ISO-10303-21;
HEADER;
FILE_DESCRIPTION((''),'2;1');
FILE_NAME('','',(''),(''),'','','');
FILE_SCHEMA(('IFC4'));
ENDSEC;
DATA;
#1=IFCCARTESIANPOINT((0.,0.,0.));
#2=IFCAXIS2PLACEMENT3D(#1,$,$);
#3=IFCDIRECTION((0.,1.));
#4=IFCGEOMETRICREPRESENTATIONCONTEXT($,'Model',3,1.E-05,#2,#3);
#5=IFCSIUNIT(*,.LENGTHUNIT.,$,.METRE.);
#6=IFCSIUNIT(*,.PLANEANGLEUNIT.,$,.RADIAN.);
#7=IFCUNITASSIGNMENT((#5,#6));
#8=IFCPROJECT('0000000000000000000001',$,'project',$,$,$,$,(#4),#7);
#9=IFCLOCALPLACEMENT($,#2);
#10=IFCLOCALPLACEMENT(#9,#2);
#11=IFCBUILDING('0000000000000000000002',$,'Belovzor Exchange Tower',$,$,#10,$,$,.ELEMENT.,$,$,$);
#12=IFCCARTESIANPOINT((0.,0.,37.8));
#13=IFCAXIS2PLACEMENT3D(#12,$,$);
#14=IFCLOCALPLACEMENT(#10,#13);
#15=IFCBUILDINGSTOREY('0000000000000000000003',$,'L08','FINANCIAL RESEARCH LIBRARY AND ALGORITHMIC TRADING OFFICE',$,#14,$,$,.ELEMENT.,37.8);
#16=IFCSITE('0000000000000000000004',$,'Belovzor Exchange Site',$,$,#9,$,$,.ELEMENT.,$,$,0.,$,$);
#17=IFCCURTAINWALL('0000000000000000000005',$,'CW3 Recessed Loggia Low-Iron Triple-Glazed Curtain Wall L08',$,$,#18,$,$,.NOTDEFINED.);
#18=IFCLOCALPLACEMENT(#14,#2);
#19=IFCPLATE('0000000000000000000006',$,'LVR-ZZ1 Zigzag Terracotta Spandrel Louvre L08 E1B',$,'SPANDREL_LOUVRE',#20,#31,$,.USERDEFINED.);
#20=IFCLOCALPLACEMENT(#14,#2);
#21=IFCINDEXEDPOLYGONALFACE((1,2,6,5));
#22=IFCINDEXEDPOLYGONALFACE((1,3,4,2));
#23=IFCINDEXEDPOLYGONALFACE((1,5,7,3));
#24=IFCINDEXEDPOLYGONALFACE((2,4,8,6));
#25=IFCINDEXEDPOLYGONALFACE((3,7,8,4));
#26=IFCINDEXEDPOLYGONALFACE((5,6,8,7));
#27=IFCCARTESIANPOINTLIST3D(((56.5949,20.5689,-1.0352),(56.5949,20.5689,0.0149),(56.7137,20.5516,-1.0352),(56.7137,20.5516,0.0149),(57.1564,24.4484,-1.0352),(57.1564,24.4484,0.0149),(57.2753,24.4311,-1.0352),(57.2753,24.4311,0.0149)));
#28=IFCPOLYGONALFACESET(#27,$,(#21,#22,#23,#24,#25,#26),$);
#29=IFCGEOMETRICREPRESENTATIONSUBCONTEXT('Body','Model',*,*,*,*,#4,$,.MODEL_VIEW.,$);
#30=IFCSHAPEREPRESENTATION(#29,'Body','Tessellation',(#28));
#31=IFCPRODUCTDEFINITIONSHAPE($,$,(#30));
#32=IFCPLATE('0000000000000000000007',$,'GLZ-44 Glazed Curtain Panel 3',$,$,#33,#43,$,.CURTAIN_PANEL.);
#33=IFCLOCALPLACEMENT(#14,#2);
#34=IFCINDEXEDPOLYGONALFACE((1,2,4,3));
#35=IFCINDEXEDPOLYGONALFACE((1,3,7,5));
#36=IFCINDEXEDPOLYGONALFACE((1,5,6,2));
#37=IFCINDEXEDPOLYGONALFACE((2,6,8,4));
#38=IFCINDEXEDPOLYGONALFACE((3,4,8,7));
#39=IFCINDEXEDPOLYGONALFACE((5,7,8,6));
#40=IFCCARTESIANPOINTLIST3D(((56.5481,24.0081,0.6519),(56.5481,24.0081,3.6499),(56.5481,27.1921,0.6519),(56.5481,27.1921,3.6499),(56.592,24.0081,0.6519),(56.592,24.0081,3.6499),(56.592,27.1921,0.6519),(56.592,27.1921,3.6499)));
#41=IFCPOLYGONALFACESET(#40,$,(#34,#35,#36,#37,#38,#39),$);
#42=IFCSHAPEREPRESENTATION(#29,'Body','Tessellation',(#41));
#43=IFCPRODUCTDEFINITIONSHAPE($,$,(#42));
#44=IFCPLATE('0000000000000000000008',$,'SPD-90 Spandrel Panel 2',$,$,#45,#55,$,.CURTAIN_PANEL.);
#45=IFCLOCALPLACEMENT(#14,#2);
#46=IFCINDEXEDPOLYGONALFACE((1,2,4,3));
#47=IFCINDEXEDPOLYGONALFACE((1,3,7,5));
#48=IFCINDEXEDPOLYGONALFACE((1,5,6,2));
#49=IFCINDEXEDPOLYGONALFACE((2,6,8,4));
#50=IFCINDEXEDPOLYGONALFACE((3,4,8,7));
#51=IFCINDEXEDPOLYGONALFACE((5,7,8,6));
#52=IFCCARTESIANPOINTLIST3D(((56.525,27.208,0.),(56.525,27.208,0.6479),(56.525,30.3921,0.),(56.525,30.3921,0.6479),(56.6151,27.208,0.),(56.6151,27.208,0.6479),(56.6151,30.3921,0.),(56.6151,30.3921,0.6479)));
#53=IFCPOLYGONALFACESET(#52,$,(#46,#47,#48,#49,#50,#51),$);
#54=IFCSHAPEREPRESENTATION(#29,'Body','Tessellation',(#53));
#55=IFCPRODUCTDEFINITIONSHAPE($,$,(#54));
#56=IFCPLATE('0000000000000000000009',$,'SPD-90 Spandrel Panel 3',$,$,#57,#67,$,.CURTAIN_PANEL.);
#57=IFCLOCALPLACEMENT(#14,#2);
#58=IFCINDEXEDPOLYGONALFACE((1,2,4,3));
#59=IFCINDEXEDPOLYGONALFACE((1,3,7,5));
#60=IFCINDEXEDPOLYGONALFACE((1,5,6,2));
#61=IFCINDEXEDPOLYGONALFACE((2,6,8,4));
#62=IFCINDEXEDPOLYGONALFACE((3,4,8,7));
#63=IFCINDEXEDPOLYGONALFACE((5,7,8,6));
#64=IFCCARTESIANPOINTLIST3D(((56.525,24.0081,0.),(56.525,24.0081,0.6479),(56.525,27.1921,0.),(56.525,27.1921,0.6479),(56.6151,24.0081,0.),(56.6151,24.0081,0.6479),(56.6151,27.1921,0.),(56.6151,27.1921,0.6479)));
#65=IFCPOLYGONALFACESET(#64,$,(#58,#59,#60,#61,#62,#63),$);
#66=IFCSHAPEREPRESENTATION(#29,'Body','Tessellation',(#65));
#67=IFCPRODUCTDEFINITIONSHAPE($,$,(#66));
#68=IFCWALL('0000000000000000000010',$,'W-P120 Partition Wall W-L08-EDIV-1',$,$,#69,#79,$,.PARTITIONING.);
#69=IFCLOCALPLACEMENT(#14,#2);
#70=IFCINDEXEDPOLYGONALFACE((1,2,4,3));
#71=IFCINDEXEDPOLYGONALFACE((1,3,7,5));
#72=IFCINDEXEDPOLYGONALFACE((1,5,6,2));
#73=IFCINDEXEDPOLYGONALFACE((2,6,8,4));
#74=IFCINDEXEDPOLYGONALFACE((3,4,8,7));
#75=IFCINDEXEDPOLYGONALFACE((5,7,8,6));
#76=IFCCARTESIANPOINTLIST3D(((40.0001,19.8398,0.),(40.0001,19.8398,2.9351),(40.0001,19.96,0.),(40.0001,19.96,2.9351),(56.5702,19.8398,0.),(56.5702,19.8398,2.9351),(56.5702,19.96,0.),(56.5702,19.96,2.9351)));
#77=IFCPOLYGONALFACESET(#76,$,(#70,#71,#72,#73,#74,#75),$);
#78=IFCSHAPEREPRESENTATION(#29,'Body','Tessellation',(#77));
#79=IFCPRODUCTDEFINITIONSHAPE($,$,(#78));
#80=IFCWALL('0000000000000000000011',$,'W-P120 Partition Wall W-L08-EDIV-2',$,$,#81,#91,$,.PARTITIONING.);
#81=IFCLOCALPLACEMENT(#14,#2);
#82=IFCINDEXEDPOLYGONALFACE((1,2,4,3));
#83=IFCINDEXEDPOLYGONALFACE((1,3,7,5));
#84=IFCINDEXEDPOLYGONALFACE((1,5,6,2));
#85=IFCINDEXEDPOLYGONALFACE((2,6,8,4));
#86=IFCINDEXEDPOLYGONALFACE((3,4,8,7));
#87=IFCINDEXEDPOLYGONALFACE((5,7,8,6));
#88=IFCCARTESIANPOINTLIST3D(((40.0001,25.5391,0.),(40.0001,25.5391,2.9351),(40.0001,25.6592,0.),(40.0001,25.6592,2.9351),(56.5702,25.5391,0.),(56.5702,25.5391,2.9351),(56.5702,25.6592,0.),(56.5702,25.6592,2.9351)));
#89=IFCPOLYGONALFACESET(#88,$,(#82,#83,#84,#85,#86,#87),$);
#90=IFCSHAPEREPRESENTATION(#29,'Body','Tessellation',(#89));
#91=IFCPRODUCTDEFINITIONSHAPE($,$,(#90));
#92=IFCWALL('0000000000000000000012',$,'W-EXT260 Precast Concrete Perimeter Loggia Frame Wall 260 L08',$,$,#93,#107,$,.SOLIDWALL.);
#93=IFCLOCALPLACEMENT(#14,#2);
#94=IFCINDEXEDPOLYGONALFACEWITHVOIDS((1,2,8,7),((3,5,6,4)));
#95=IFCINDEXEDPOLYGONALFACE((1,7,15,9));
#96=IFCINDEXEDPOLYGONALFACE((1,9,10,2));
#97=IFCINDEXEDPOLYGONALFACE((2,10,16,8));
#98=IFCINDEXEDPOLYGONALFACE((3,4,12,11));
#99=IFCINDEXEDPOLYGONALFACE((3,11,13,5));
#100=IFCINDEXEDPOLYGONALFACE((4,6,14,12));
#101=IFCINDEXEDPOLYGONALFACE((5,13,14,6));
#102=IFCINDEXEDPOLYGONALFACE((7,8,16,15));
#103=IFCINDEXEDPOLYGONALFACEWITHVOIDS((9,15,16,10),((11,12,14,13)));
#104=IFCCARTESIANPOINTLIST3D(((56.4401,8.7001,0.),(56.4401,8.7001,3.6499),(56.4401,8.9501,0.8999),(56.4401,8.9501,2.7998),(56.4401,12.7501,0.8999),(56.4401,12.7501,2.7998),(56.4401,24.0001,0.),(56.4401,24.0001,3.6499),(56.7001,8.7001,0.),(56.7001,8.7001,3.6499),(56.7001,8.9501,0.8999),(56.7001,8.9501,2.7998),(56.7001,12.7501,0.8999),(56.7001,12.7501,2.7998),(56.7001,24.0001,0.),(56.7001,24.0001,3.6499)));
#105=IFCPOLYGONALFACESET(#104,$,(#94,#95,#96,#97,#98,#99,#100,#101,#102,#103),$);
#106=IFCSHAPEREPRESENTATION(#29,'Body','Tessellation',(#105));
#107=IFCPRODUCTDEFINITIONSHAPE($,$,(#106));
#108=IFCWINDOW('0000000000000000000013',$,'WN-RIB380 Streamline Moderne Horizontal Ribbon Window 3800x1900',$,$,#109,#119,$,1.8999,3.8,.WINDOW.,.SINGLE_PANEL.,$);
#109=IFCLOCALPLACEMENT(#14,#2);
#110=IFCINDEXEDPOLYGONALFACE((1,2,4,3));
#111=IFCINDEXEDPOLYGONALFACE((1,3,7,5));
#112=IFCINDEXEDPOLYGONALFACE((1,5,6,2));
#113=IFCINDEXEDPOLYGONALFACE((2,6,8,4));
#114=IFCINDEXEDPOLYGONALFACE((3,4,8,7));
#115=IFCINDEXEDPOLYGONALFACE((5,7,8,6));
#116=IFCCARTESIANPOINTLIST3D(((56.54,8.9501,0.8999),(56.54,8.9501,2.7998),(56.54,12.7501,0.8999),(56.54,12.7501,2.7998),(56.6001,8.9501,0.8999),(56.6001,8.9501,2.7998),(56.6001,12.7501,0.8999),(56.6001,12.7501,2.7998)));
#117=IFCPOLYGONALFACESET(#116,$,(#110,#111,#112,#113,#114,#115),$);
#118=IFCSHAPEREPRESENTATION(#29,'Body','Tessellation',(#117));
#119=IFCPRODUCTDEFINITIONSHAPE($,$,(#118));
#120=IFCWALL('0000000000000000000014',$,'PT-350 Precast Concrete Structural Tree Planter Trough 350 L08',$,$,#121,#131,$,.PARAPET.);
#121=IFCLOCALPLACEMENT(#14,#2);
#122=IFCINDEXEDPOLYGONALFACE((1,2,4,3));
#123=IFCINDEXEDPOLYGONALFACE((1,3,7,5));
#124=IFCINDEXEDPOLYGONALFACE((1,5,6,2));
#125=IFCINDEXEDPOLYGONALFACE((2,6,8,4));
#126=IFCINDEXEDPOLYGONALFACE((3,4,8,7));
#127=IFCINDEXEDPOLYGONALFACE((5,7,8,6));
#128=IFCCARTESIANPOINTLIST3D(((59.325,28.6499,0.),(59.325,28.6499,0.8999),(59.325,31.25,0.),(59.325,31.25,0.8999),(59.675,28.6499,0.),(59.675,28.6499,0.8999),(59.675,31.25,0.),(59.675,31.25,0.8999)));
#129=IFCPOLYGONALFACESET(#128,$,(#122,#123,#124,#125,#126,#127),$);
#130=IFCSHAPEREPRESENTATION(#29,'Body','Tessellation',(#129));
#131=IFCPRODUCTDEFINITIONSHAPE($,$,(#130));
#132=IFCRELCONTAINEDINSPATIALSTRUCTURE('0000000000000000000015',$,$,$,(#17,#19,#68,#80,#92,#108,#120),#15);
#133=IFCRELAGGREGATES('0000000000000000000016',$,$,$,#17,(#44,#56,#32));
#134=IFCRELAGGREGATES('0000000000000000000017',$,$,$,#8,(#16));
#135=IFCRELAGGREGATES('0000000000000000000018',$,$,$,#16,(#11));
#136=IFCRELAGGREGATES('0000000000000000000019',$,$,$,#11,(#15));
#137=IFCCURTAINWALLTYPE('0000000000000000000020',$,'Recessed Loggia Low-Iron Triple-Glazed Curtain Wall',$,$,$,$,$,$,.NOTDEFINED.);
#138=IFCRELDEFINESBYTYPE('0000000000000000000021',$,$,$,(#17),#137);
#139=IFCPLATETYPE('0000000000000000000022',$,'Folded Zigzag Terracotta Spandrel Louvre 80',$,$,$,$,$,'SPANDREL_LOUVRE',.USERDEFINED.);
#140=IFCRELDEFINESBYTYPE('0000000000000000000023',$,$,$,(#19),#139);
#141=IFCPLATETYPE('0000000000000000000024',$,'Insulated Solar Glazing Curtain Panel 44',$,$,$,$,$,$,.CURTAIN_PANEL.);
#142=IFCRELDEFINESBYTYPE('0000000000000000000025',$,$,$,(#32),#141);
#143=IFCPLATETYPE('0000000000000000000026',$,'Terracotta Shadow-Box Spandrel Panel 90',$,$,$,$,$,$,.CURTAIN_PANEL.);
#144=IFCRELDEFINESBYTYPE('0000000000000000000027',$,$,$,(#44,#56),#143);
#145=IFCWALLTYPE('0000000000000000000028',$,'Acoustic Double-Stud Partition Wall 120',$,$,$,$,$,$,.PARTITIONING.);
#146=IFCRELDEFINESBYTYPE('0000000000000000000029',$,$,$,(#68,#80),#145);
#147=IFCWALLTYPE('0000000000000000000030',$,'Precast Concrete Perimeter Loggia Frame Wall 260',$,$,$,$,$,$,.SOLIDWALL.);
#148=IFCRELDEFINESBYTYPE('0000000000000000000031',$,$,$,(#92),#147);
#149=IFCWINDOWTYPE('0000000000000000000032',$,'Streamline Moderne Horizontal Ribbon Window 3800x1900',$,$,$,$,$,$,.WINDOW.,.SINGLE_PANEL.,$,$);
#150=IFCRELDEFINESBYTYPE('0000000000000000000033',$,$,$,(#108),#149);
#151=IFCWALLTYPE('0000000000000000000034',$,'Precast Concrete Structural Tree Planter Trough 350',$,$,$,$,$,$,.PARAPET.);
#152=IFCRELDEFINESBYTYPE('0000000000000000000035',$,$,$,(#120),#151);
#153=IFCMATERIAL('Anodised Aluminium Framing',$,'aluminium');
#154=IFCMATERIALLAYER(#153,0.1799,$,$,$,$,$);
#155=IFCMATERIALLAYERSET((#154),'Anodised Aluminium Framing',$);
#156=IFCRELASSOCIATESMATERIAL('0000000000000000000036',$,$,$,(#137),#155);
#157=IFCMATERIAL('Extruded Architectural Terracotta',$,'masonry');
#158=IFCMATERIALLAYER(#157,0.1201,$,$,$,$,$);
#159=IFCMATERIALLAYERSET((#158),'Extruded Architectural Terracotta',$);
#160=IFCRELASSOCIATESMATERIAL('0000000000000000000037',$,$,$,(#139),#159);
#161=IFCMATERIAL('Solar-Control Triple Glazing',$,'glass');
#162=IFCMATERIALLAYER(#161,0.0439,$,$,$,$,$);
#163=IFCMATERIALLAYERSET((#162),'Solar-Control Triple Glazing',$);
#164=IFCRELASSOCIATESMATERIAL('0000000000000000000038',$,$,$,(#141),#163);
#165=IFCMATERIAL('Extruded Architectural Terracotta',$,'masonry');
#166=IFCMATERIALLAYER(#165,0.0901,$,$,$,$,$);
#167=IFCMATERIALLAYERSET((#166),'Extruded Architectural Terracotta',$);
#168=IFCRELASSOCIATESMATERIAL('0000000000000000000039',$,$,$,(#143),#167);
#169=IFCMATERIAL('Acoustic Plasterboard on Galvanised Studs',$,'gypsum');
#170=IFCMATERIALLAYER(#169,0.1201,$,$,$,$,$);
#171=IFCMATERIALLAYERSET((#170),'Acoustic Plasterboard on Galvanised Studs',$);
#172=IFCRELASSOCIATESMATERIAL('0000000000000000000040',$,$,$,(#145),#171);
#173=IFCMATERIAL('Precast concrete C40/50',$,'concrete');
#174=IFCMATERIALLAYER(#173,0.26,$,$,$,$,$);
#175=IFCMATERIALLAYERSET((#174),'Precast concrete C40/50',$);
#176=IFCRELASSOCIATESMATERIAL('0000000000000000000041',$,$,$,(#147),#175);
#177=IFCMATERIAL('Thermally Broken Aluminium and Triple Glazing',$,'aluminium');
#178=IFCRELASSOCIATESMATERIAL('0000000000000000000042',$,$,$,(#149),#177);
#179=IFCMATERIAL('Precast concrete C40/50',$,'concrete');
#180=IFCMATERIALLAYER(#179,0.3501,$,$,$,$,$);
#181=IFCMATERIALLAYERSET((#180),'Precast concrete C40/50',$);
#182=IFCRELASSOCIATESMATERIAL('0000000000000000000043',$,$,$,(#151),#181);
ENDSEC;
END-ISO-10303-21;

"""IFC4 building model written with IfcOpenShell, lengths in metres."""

from ifc_helpers import new_model, si_unit, direction, frame, frame_2d, origin, origin_2d, place, context, subcontext, project, spatial, rectangle, extrude, material, layer, layer_set, type_object, element, fill, aggregate, save


model = new_model("IFC4")

# Units and contexts
model_context = context("Model", 3, precision=1e-05, world=origin(), true_north=direction((0.0, 1.0)))
body_context = subcontext(model_context, "Body", "Model", "MODEL_VIEW")
ifc_project = project(units=[si_unit("LENGTHUNIT", "METRE"), si_unit("PLANEANGLEUNIT", "RADIAN")], contexts=[model_context])

# Site, building, storey
site_placement = place(None, origin())
site = spatial("IfcSite", under=ifc_project, at=site_placement, Name="Belovzor Exchange Site", CompositionType="ELEMENT", RefElevation=0.0)
building_placement = place(site_placement, origin())
building = spatial("IfcBuilding", under=site, at=building_placement, Name="Belovzor Exchange Tower", CompositionType="ELEMENT")
storey_placement = place(building_placement, frame((0.0, 0.0, 37.8)))
storey = spatial("IfcBuildingStorey", under=building, at=storey_placement, Name="L08", Description="FINANCIAL RESEARCH LIBRARY AND ALGORITHMIC TRADING OFFICE", CompositionType="ELEMENT", Elevation=37.8)

# Curtain wall
ifc_material_1 = material(Name="Anodised Aluminium Framing", Category="aluminium")
ifc_layer_1 = layer(ifc_material_1, 0.1799)
ifc_layer_set_1 = layer_set([ifc_layer_1], Name="Anodised Aluminium Framing")
curtain_wall_type = type_object("IfcCurtainWallType", Name="Recessed Loggia Low-Iron Triple-Glazed Curtain Wall", PredefinedType="NOTDEFINED", material=ifc_layer_set_1)
curtain_wall_placement = place(storey_placement, origin())
curtain_wall = element("IfcCurtainWall", 1, at=curtain_wall_placement, inside=storey, type_object=curtain_wall_type, Name="CW3 Recessed Loggia Low-Iron Triple-Glazed Curtain Wall L08", PredefinedType="NOTDEFINED")

# Plates
ifc_material_2 = material(Name="Extruded Architectural Terracotta", Category="masonry")
ifc_layer_2 = layer(ifc_material_2, 0.1201)
ifc_layer_set_2 = layer_set([ifc_layer_2], Name="Extruded Architectural Terracotta")
plate_type_1 = type_object("IfcPlateType", Name="Folded Zigzag Terracotta Spandrel Louvre 80", ElementType="SPANDREL_LOUVRE", PredefinedType="USERDEFINED", material=ifc_layer_set_2)
plate_1_placement = place(storey_placement, frame((56.9351, 22.5, -1.0352), z_axis=(0.0, 0.0, 1.0), x_axis=(0.143251, 0.989686, 0.0)))
element("IfcPlate", 2, at=plate_1_placement, inside=storey, type_object=plate_type_1, Name="LVR-ZZ1 Zigzag Terracotta Spandrel Louvre L08 E1B", ObjectType="SPANDREL_LOUVRE", PredefinedType="USERDEFINED", context=body_context, shape_type="SweptSolid", body=[
    extrude(rectangle(XDim=3.9199, YDim=0.1201, at=origin_2d()), origin(), (0.0, 0.0, 1.0), 1.05),
])
ifc_material_3 = material(Name="Solar-Control Triple Glazing", Category="glass")
ifc_layer_3 = layer(ifc_material_3, 0.0439)
ifc_layer_set_3 = layer_set([ifc_layer_3], Name="Solar-Control Triple Glazing")
plate_type_2 = type_object("IfcPlateType", Name="Insulated Solar Glazing Curtain Panel 44", PredefinedType="CURTAIN_PANEL", material=ifc_layer_set_3)
plate_2_placement = place(storey_placement, frame((56.5701, 25.6001, 0.6519), z_axis=(0.0, 0.0, 1.0), x_axis=(0.0, -1.0, 0.0)))
plate_2 = element("IfcPlate", 3, at=plate_2_placement, type_object=plate_type_2, Name="GLZ-44 Glazed Curtain Panel 3", PredefinedType="CURTAIN_PANEL", context=body_context, shape_type="SweptSolid", body=[
    extrude(rectangle(XDim=3.1841, YDim=0.0439, at=origin_2d()), origin(), (0.0, 0.0, 1.0), 2.998),
])
ifc_material_4 = material(Name="Extruded Architectural Terracotta", Category="masonry")
ifc_layer_4 = layer(ifc_material_4, 0.0901)
ifc_layer_set_4 = layer_set([ifc_layer_4], Name="Extruded Architectural Terracotta")
plate_type_3 = type_object("IfcPlateType", Name="Terracotta Shadow-Box Spandrel Panel 90", PredefinedType="CURTAIN_PANEL", material=ifc_layer_set_4)
plate_3_placement = place(storey_placement, frame((56.5701, 28.8, 0.0), z_axis=(0.0, 0.0, 1.0), x_axis=(0.0, -1.0, 0.0)))
plate_3 = element("IfcPlate", 4, at=plate_3_placement, type_object=plate_type_3, Name="SPD-90 Spandrel Panel 2", PredefinedType="CURTAIN_PANEL", context=body_context, shape_type="SweptSolid", body=[
    extrude(rectangle(XDim=3.1841, YDim=0.0901, at=origin_2d()), origin(), (0.0, 0.0, 1.0), 0.6479),
])
plate_4_placement = place(storey_placement, frame((56.5701, 25.6001, 0.0), z_axis=(0.0, 0.0, 1.0), x_axis=(0.0, -1.0, 0.0)))
plate_4 = element("IfcPlate", 5, at=plate_4_placement, type_object=plate_type_3, Name="SPD-90 Spandrel Panel 3", PredefinedType="CURTAIN_PANEL", context=body_context, shape_type="SweptSolid", body=[
    extrude(rectangle(XDim=3.1841, YDim=0.0901, at=origin_2d()), origin(), (0.0, 0.0, 1.0), 0.6479),
])
aggregate(curtain_wall, [plate_3, plate_4, plate_2])

# Walls
ifc_material_5 = material(Name="Acoustic Plasterboard on Galvanised Studs", Category="gypsum")
ifc_layer_5 = layer(ifc_material_5, 0.1201)
ifc_layer_set_5 = layer_set([ifc_layer_5], Name="Acoustic Plasterboard on Galvanised Studs")
wall_type_1 = type_object("IfcWallType", Name="Acoustic Double-Stud Partition Wall 120", PredefinedType="PARTITIONING", material=ifc_layer_set_5)
for number, where, z_axis, x_axis, name in (
    (6, (40.0, 19.8999, 0.0), (0.0, 0.0, 1.0), (1.0, 0.0, 0.0), "W-P120 Partition Wall W-L08-EDIV-1"),
    (7, (40.0, 25.5991, 0.0), (0.0, 0.0, 1.0), (1.0, 0.0, 0.0), "W-P120 Partition Wall W-L08-EDIV-2"),
):
    element("IfcWall", number, at=place(storey_placement, frame(where, z_axis=z_axis, x_axis=x_axis)), inside=storey, type_object=wall_type_1, Name=name, PredefinedType="PARTITIONING", context=body_context, shape_type="SweptSolid", body=[
        extrude(rectangle(XDim=16.5701, YDim=0.1201, at=frame_2d((8.2852, 0.0))), origin(), (0.0, 0.0, 1.0), 2.9351),
    ])

# Wall, opening, window
ifc_material_6 = material(Name="Precast concrete C40/50", Category="concrete")
ifc_layer_6 = layer(ifc_material_6, 0.26)
ifc_layer_set_6 = layer_set([ifc_layer_6], Name="Precast concrete C40/50")
wall_type_2 = type_object("IfcWallType", Name="Precast Concrete Perimeter Loggia Frame Wall 260", PredefinedType="SOLIDWALL", material=ifc_layer_set_6)
wall_1_placement = place(storey_placement, frame((56.5701, 24.0, 0.0), z_axis=(0.0, 0.0, 1.0), x_axis=(0.0, -1.0, 0.0)))
wall_1 = element("IfcWall", 8, at=wall_1_placement, inside=storey, type_object=wall_type_2, Name="W-EXT260 Precast Concrete Perimeter Loggia Frame Wall 260 L08", PredefinedType="SOLIDWALL", context=body_context, shape_type="SweptSolid", body=[
    extrude(rectangle(XDim=15.3, YDim=0.26, at=frame_2d((7.6499, 0.0))), origin(), (0.0, 0.0, 1.0), 3.6499),
])
opening_placement = place(wall_1_placement, frame((11.25, 0.0, 0.8999)))
opening = element("IfcOpeningElement", 9, at=opening_placement, cuts=wall_1, PredefinedType="OPENING", context=body_context, shape_type="SweptSolid", body=[
    extrude(rectangle(XDim=3.8, YDim=1.8999, at=frame_2d((1.8999, 0.95))), frame((0.0, 0.1399, 0.0), z_axis=(0.0, -1.0, 0.0), x_axis=(1.0, 0.0, 0.0)), (0.0, 0.0, 1.0), 0.28),
])
ifc_material_7 = material(Name="Thermally Broken Aluminium and Triple Glazing", Category="aluminium")
window_type = type_object("IfcWindowType", Name="Streamline Moderne Horizontal Ribbon Window 3800x1900", PartitioningType="SINGLE_PANEL", PredefinedType="WINDOW", material=ifc_material_7)
window_placement = place(opening_placement, origin())
window = element("IfcWindow", 10, at=window_placement, inside=storey, type_object=window_type, Name="WN-RIB380 Streamline Moderne Horizontal Ribbon Window 3800x1900", OverallHeight=1.8999, OverallWidth=3.8, PartitioningType="SINGLE_PANEL", PredefinedType="WINDOW", context=body_context, shape_type="SweptSolid", body=[
    extrude(rectangle(XDim=3.8, YDim=1.8999, at=frame_2d((1.8999, 0.95))), frame((0.0, 0.03, 0.0), z_axis=(0.0, -1.0, 0.0), x_axis=(1.0, 0.0, 0.0)), (0.0, 0.0, 1.0), 0.0601),
])
fill(opening, window)

# Wall
ifc_material_8 = material(Name="Precast concrete C40/50", Category="concrete")
ifc_layer_7 = layer(ifc_material_8, 0.3501)
ifc_layer_set_7 = layer_set([ifc_layer_7], Name="Precast concrete C40/50")
wall_type_3 = type_object("IfcWallType", Name="Precast Concrete Structural Tree Planter Trough 350", PredefinedType="PARAPET", material=ifc_layer_set_7)
wall_2_placement = place(storey_placement, frame((59.5, 28.6499, 0.0), z_axis=(0.0, 0.0, 1.0), x_axis=(0.0, 1.0, 0.0)))
element("IfcWall", 11, at=wall_2_placement, inside=storey, type_object=wall_type_3, Name="PT-350 Precast Concrete Structural Tree Planter Trough 350 L08", PredefinedType="PARAPET", context=body_context, shape_type="SweptSolid", body=[
    extrude(rectangle(XDim=2.6001, YDim=0.3501, at=frame_2d((1.3, 0.0))), origin(), (0.0, 0.0, 1.0), 0.8999),
])

save(model, "model.ifc")
